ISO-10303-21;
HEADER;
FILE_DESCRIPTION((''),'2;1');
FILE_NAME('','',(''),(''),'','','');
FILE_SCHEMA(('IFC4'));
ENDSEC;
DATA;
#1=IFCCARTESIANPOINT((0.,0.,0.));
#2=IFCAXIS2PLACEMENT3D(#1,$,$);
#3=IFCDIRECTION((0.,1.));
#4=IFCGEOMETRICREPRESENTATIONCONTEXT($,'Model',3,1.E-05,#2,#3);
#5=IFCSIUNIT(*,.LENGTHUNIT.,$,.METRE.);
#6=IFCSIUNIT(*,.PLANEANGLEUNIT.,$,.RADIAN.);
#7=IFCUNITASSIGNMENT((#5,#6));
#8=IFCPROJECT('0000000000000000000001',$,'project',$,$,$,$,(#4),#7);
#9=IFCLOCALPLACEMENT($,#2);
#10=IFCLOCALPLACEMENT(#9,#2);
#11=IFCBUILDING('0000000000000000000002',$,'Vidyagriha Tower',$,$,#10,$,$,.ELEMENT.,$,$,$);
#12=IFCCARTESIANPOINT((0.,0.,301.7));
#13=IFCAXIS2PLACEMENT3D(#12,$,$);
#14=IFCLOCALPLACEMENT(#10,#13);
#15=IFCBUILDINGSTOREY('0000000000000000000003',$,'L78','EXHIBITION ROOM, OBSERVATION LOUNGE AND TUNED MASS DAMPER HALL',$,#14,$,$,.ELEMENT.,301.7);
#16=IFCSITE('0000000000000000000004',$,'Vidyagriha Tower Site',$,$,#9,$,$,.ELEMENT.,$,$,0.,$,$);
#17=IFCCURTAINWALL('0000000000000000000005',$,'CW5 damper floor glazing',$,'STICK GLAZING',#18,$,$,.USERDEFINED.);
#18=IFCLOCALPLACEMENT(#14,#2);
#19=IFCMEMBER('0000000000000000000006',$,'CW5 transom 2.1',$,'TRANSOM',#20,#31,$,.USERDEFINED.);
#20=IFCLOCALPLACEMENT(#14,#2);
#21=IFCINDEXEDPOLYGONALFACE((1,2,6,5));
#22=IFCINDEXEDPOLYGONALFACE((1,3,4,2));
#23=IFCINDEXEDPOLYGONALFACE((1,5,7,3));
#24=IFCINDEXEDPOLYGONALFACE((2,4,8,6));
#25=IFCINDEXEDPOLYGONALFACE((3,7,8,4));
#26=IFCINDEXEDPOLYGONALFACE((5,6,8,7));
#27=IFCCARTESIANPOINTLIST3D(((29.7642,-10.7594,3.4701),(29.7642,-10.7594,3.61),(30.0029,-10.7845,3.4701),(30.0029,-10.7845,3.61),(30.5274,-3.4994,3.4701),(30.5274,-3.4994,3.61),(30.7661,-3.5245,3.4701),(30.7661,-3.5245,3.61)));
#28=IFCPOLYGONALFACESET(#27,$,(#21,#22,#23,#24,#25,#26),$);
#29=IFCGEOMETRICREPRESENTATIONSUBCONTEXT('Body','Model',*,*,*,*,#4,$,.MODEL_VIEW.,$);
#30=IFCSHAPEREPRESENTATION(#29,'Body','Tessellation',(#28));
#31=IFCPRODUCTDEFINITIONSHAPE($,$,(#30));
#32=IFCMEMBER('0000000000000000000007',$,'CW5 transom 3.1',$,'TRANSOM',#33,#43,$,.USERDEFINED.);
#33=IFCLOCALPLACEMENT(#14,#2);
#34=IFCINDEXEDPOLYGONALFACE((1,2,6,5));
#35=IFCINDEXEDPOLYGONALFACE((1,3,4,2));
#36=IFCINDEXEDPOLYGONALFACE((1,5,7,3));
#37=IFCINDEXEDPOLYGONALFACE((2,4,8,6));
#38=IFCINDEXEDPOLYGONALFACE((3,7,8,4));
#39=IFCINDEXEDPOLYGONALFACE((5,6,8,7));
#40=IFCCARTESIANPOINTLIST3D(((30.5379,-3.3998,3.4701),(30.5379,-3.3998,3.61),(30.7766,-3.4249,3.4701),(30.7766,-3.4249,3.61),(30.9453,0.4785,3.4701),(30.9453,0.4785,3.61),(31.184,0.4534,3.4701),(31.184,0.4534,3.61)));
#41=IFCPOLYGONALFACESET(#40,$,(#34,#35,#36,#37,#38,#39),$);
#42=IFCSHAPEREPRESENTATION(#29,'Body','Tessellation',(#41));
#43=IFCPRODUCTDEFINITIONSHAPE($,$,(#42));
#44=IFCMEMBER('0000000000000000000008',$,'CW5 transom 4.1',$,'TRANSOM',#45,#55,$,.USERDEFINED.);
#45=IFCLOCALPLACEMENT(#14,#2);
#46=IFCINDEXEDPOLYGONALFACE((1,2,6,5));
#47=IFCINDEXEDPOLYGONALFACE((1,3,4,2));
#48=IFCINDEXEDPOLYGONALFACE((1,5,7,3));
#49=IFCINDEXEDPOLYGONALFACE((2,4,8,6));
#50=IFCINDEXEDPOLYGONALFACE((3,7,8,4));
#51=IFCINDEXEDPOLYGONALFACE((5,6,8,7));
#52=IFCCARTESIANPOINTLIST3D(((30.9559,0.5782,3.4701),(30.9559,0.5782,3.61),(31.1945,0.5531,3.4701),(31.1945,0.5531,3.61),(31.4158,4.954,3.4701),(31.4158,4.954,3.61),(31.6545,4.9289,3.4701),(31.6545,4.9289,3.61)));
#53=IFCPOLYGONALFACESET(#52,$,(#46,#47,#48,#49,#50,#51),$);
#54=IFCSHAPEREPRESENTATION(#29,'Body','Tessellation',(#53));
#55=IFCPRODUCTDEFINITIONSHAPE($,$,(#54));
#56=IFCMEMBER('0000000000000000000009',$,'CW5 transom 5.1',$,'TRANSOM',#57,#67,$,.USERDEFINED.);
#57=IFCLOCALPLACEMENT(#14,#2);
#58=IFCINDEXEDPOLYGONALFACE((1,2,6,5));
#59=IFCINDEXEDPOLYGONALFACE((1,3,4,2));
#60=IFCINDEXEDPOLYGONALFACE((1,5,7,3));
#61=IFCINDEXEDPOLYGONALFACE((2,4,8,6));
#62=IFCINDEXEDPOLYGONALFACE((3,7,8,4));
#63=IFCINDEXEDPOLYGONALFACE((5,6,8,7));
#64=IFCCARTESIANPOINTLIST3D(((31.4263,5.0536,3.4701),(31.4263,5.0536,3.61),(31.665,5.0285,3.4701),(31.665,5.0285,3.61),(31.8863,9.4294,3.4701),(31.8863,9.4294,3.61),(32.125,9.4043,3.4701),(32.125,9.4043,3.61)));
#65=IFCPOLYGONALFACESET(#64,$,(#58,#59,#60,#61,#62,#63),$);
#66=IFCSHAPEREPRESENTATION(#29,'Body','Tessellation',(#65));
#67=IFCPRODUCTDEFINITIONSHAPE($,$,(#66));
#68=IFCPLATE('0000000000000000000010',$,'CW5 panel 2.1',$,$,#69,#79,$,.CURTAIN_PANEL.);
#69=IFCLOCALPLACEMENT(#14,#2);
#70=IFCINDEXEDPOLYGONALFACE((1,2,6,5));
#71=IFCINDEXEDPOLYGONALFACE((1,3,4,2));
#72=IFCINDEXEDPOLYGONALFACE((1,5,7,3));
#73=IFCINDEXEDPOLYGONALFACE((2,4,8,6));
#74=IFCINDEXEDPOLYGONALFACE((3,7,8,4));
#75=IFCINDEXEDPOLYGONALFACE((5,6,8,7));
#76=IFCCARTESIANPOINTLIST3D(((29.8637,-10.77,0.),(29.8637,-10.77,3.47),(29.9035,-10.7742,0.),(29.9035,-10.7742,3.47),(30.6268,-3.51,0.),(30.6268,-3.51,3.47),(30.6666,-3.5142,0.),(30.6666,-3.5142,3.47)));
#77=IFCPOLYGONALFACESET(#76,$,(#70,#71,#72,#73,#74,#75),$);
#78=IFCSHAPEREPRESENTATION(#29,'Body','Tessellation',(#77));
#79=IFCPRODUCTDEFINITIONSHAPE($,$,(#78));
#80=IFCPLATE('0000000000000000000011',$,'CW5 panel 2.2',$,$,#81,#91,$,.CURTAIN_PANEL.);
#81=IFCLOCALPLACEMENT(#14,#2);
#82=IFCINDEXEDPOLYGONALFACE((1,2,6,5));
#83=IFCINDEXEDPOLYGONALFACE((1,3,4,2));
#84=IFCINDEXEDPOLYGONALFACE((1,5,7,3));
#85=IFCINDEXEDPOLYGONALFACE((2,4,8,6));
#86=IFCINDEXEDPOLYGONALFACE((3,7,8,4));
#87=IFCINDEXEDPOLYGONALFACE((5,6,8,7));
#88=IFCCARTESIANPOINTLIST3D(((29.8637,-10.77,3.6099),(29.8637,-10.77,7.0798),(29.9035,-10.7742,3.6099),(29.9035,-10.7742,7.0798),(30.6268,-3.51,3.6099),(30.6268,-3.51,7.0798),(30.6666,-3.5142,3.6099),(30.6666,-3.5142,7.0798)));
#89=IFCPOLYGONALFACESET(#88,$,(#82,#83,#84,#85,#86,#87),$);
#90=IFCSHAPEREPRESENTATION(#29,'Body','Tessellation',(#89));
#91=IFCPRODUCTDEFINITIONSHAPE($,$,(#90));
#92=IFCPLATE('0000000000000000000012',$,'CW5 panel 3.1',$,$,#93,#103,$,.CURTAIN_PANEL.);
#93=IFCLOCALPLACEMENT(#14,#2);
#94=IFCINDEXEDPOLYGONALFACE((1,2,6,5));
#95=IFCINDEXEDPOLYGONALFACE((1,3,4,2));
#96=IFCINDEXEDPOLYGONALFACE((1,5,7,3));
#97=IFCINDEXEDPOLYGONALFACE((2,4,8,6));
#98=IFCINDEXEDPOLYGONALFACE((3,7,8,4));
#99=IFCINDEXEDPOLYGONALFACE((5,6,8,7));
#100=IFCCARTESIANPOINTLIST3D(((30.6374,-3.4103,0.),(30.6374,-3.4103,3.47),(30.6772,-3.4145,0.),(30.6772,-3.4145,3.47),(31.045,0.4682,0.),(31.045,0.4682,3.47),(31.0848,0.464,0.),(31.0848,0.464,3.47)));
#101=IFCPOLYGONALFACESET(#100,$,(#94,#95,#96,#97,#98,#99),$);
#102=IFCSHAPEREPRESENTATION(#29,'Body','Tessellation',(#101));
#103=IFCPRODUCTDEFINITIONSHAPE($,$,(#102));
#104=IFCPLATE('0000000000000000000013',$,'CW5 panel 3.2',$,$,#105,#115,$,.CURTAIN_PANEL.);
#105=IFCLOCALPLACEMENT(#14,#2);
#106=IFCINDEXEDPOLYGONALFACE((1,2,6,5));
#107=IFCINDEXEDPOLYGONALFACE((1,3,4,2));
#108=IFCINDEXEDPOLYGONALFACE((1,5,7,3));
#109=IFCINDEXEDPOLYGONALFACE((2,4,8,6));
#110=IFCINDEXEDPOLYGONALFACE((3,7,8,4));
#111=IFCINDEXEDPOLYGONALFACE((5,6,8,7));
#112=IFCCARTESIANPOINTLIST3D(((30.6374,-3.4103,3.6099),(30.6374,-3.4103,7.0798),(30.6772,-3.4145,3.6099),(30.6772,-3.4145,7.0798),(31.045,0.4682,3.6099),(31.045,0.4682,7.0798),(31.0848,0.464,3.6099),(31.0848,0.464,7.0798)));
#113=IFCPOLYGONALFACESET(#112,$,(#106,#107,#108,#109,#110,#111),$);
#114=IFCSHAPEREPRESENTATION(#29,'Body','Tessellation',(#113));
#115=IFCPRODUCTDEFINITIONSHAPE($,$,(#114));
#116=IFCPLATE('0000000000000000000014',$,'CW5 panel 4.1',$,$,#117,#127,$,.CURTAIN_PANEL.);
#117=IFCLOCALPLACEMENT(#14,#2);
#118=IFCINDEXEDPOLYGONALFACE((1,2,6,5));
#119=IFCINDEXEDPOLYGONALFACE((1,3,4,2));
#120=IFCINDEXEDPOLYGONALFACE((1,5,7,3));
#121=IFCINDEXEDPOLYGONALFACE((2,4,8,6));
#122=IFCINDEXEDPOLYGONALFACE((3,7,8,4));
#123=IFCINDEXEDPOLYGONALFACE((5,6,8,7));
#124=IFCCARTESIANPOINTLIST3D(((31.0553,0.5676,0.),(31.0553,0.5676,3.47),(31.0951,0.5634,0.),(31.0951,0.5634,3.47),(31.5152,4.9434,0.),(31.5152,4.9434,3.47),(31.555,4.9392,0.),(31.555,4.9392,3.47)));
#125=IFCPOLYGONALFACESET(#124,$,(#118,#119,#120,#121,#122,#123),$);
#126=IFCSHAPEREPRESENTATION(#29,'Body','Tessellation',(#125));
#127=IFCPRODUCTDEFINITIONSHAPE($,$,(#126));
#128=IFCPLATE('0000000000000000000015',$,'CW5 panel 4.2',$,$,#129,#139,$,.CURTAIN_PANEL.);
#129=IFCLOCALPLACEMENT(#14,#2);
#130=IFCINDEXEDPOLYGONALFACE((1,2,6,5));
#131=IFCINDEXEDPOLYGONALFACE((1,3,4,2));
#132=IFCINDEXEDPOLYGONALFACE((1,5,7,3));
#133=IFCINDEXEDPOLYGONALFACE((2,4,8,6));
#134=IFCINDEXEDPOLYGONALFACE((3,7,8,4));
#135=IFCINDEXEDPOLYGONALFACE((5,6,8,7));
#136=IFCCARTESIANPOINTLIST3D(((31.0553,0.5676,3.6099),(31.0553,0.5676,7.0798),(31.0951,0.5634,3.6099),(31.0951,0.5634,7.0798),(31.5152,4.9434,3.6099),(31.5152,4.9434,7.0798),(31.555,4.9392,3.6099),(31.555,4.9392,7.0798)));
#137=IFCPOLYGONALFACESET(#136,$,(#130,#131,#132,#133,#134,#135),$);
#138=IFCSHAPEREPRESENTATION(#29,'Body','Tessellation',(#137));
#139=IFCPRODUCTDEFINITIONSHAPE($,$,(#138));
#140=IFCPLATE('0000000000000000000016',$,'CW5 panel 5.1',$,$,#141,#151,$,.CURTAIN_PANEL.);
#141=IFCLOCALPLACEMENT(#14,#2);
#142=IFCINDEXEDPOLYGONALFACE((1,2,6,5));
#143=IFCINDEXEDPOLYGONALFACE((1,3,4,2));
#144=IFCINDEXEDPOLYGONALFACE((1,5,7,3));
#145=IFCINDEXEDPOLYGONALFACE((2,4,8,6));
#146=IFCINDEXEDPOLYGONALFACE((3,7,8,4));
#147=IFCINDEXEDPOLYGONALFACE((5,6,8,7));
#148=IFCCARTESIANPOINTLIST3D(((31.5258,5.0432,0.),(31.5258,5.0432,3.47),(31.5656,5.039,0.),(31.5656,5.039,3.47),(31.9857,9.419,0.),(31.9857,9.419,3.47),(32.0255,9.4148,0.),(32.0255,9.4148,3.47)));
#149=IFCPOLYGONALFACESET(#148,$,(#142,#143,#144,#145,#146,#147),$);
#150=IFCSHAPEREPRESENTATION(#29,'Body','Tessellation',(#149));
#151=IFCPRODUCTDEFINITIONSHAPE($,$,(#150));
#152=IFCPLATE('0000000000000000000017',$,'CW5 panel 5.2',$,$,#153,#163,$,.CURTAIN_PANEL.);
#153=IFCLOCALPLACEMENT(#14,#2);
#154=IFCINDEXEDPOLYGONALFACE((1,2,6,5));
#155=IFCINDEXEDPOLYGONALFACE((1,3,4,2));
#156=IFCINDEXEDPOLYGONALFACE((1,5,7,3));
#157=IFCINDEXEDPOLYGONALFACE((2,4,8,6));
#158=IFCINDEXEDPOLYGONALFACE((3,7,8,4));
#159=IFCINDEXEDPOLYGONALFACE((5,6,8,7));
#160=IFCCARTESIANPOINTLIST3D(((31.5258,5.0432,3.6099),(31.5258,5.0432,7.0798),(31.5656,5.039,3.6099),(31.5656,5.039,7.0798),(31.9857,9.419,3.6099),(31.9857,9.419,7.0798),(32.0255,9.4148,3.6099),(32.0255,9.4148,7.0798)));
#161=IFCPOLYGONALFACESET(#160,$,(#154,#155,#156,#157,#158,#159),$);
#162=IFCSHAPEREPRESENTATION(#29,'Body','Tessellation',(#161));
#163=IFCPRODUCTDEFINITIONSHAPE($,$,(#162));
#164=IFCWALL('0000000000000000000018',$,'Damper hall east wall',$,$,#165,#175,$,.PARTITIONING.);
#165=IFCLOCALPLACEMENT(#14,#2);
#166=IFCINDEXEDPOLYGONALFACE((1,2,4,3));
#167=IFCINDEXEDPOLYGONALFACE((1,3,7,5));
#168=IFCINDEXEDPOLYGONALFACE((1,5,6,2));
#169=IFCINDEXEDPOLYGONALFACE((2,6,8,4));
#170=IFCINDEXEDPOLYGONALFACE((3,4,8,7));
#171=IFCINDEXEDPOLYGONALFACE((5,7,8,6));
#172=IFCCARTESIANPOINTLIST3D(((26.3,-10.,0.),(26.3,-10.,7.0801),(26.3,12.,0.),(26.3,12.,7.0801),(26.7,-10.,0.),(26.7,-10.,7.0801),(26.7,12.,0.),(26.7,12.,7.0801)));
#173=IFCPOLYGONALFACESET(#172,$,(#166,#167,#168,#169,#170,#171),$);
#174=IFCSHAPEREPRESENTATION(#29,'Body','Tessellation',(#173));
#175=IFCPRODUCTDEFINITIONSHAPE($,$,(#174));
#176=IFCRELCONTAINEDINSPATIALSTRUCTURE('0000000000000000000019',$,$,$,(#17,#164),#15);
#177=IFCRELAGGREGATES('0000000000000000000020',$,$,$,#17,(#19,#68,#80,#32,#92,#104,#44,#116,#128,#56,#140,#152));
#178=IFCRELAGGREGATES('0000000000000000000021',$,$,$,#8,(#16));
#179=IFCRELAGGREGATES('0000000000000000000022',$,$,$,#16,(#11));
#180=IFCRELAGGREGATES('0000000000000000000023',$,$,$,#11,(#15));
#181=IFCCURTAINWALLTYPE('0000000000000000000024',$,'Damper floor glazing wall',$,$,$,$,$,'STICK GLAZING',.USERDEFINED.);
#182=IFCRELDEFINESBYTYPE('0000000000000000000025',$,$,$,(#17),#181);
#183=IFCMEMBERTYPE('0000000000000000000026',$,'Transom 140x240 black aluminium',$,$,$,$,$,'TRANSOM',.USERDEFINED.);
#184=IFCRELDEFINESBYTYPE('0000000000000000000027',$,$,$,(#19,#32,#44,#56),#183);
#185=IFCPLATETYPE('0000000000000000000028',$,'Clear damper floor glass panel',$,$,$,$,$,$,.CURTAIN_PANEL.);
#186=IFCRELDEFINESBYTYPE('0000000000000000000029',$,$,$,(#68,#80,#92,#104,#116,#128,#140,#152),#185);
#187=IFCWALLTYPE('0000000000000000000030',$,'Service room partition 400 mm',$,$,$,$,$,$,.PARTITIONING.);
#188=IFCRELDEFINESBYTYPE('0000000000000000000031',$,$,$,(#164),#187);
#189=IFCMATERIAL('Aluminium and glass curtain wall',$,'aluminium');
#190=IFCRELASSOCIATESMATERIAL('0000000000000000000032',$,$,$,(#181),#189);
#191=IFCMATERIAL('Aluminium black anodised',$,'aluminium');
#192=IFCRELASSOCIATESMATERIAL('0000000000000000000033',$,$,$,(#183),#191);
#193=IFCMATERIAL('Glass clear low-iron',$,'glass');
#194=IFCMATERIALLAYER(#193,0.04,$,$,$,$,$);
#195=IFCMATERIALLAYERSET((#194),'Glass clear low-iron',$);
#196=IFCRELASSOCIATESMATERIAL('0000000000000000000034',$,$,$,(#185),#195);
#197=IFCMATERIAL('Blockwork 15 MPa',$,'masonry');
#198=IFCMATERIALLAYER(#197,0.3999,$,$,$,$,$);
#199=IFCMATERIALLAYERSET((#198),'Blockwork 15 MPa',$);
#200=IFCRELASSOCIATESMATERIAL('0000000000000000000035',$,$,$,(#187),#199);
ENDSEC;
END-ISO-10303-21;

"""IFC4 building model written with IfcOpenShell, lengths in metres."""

from ifc_helpers import new_model, si_unit, direction, frame, frame_2d, origin, origin_2d, place, context, subcontext, project, spatial, rectangle, extrude, material, layer, layer_set, material_profile, profile_set, type_object, element, aggregate, save


model = new_model("IFC4")

# Units and contexts
model_context = context("Model", 3, precision=1e-05, world=origin(), true_north=direction((0.0, 1.0)))
body_context = subcontext(model_context, "Body", "Model", "MODEL_VIEW")
ifc_project = project(units=[si_unit("LENGTHUNIT", "METRE"), si_unit("PLANEANGLEUNIT", "RADIAN")], contexts=[model_context])

# Site, building, storey
site_placement = place(None, origin())
site = spatial("IfcSite", under=ifc_project, at=site_placement, Name="Vidyagriha Tower Site", CompositionType="ELEMENT", RefElevation=0.0)
building_placement = place(site_placement, origin())
building = spatial("IfcBuilding", under=site, at=building_placement, Name="Vidyagriha Tower", CompositionType="ELEMENT")
storey_placement = place(building_placement, frame((0.0, 0.0, 301.7)))
storey = spatial("IfcBuildingStorey", under=building, at=storey_placement, Name="L78", Description="EXHIBITION ROOM, OBSERVATION LOUNGE AND TUNED MASS DAMPER HALL", CompositionType="ELEMENT", Elevation=301.7)

# Curtain wall, members, plates
ifc_material_1 = material(Name="Aluminium and glass curtain wall", Category="aluminium")
curtain_wall_type = type_object("IfcCurtainWallType", Name="Damper floor glazing wall", ElementType="STICK GLAZING", PredefinedType="USERDEFINED", material=ifc_material_1)
curtain_wall_placement = place(storey_placement, origin())
curtain_wall = element("IfcCurtainWall", 1, at=curtain_wall_placement, inside=storey, type_object=curtain_wall_type, Name="CW5 damper floor glazing", ObjectType="STICK GLAZING", PredefinedType="USERDEFINED")
ifc_material_2 = material(Name="Aluminium black anodised", Category="aluminium")
ifc_material_profile_1 = material_profile(ifc_material_2, rectangle(XDim=0.24, YDim=0.1399, at=origin_2d()), Name="Transom 140x240 black aluminium")
ifc_profile_set_1 = profile_set([ifc_material_profile_1], Name="Aluminium black anodised")
member_type_1 = type_object("IfcMemberType", Name="Transom 140x240 black aluminium", ElementType="TRANSOM", PredefinedType="USERDEFINED", material=ifc_profile_set_1)
member_1_placement = place(storey_placement, frame((29.8835, -10.772, 3.54), z_axis=(0.104546, 0.99452, 0.0), x_axis=(-0.99452, 0.104546, 0.0)))
member_1 = element("IfcMember", 2, at=member_1_placement, type_object=member_type_1, Name="CW5 transom 2.1", ObjectType="TRANSOM", PredefinedType="USERDEFINED", context=body_context, shape_type="SweptSolid", body=[
    extrude(rectangle(XDim=0.24, YDim=0.1399, at=origin_2d()), origin(), (0.0, 0.0, 1.0), 7.3),
])
member_2_placement = place(storey_placement, frame((30.6572, -3.4124, 3.54), z_axis=(0.104486, 0.994526, 0.0), x_axis=(-0.994526, 0.104486, 0.0)))
member_2 = element("IfcMember", 3, at=member_2_placement, type_object=member_type_1, Name="CW5 transom 3.1", ObjectType="TRANSOM", PredefinedType="USERDEFINED", context=body_context, shape_type="SweptSolid", body=[
    extrude(rectangle(XDim=0.24, YDim=0.1399, at=origin_2d()), origin(), (0.0, 0.0, 1.0), 3.8997),
])
member_3_placement = place(storey_placement, frame((31.0752, 0.5657, 3.54), z_axis=(0.10454, 0.994521, 0.0), x_axis=(-0.994521, 0.10454, 0.0)))
member_3 = element("IfcMember", 4, at=member_3_placement, type_object=member_type_1, Name="CW5 transom 4.1", ObjectType="TRANSOM", PredefinedType="USERDEFINED", context=body_context, shape_type="SweptSolid", body=[
    extrude(rectangle(XDim=0.24, YDim=0.1399, at=origin_2d()), origin(), (0.0, 0.0, 1.0), 4.3999),
])
member_4_placement = place(storey_placement, frame((31.5457, 5.041, 3.54), z_axis=(0.10454, 0.994521, 0.0), x_axis=(-0.994521, 0.10454, 0.0)))
member_4 = element("IfcMember", 5, at=member_4_placement, type_object=member_type_1, Name="CW5 transom 5.1", ObjectType="TRANSOM", PredefinedType="USERDEFINED", context=body_context, shape_type="SweptSolid", body=[
    extrude(rectangle(XDim=0.24, YDim=0.1399, at=origin_2d()), origin(), (0.0, 0.0, 1.0), 4.3999),
])
ifc_material_3 = material(Name="Glass clear low-iron", Category="glass")
ifc_layer_1 = layer(ifc_material_3, 0.04)
ifc_layer_set_1 = layer_set([ifc_layer_1], Name="Glass clear low-iron")
plate_type = type_object("IfcPlateType", Name="Clear damper floor glass panel", PredefinedType="CURTAIN_PANEL", material=ifc_layer_set_1)
plate_1_placement = place(storey_placement, frame((30.2651, -7.1421, 0.0), z_axis=(0.0, 0.0, 1.0), x_axis=(0.104527, 0.994522, 0.0)))
plate_1 = element("IfcPlate", 6, at=plate_1_placement, type_object=plate_type, Name="CW5 panel 2.1", PredefinedType="CURTAIN_PANEL", context=body_context, shape_type="SweptSolid", body=[
    extrude(rectangle(XDim=7.3, YDim=0.04, at=origin_2d()), origin(), (0.0, 0.0, 1.0), 3.47),
])
plate_2_placement = place(storey_placement, frame((30.2651, -7.1421, 3.6099), z_axis=(0.0, 0.0, 1.0), x_axis=(0.104527, 0.994522, 0.0)))
plate_2 = element("IfcPlate", 7, at=plate_2_placement, type_object=plate_type, Name="CW5 panel 2.2", PredefinedType="CURTAIN_PANEL", context=body_context, shape_type="SweptSolid", body=[
    extrude(rectangle(XDim=7.3, YDim=0.04, at=origin_2d()), origin(), (0.0, 0.0, 1.0), 3.47),
])
plate_3_placement = place(storey_placement, frame((30.8611, -1.4731, 0.0), z_axis=(0.0, 0.0, 1.0), x_axis=(0.104527, 0.994522, 0.0)))
plate_3 = element("IfcPlate", 8, at=plate_3_placement, type_object=plate_type, Name="CW5 panel 3.1", PredefinedType="CURTAIN_PANEL", context=body_context, shape_type="SweptSolid", body=[
    extrude(rectangle(XDim=3.8999, YDim=0.04, at=origin_2d()), origin(), (0.0, 0.0, 1.0), 3.47),
])
plate_4_placement = place(storey_placement, frame((30.8611, -1.4731, 3.6099), z_axis=(0.0, 0.0, 1.0), x_axis=(0.104527, 0.994522, 0.0)))
plate_4 = element("IfcPlate", 9, at=plate_4_placement, type_object=plate_type, Name="CW5 panel 3.2", PredefinedType="CURTAIN_PANEL", context=body_context, shape_type="SweptSolid", body=[
    extrude(rectangle(XDim=3.8999, YDim=0.04, at=origin_2d()), origin(), (0.0, 0.0, 1.0), 3.47),
])
plate_5_placement = place(storey_placement, frame((31.3052, 2.7534, 0.0), z_axis=(0.0, 0.0, 1.0), x_axis=(0.104527, 0.994522, 0.0)))
plate_5 = element("IfcPlate", 10, at=plate_5_placement, type_object=plate_type, Name="CW5 panel 4.1", PredefinedType="CURTAIN_PANEL", context=body_context, shape_type="SweptSolid", body=[
    extrude(rectangle(XDim=4.3999, YDim=0.04, at=origin_2d()), origin(), (0.0, 0.0, 1.0), 3.47),
])
plate_6_placement = place(storey_placement, frame((31.3052, 2.7534, 3.6099), z_axis=(0.0, 0.0, 1.0), x_axis=(0.104527, 0.994522, 0.0)))
plate_6 = element("IfcPlate", 11, at=plate_6_placement, type_object=plate_type, Name="CW5 panel 4.2", PredefinedType="CURTAIN_PANEL", context=body_context, shape_type="SweptSolid", body=[
    extrude(rectangle(XDim=4.3999, YDim=0.04, at=origin_2d()), origin(), (0.0, 0.0, 1.0), 3.47),
])
plate_7_placement = place(storey_placement, frame((31.7756, 7.229, 0.0), z_axis=(0.0, 0.0, 1.0), x_axis=(0.104527, 0.994522, 0.0)))
plate_7 = element("IfcPlate", 12, at=plate_7_placement, type_object=plate_type, Name="CW5 panel 5.1", PredefinedType="CURTAIN_PANEL", context=body_context, shape_type="SweptSolid", body=[
    extrude(rectangle(XDim=4.3999, YDim=0.04, at=origin_2d()), origin(), (0.0, 0.0, 1.0), 3.47),
])
plate_8_placement = place(storey_placement, frame((31.7756, 7.229, 3.6099), z_axis=(0.0, 0.0, 1.0), x_axis=(0.104527, 0.994522, 0.0)))
plate_8 = element("IfcPlate", 13, at=plate_8_placement, type_object=plate_type, Name="CW5 panel 5.2", PredefinedType="CURTAIN_PANEL", context=body_context, shape_type="SweptSolid", body=[
    extrude(rectangle(XDim=4.3999, YDim=0.04, at=origin_2d()), origin(), (0.0, 0.0, 1.0), 3.47),
])
aggregate(curtain_wall, [member_1, plate_1, plate_2, member_2, plate_3, plate_4, member_3, plate_5, plate_6, member_4, plate_7, plate_8])

# Wall
ifc_material_4 = material(Name="Blockwork 15 MPa", Category="masonry")
ifc_layer_2 = layer(ifc_material_4, 0.3999)
ifc_layer_set_2 = layer_set([ifc_layer_2], Name="Blockwork 15 MPa")
wall_type = type_object("IfcWallType", Name="Service room partition 400 mm", PredefinedType="PARTITIONING", material=ifc_layer_set_2)
wall_placement = place(storey_placement, frame((26.5, -10.0, 0.0), z_axis=(0.0, 0.0, 1.0), x_axis=(0.0, 1.0, 0.0)))
element("IfcWall", 14, at=wall_placement, inside=storey, type_object=wall_type, Name="Damper hall east wall", PredefinedType="PARTITIONING", context=body_context, shape_type="SweptSolid", body=[
    extrude(rectangle(XDim=22.0, YDim=0.3999, at=frame_2d((11.0, 0.0))), origin(), (0.0, 0.0, 1.0), 7.0801),
])

save(model, "model.ifc")
